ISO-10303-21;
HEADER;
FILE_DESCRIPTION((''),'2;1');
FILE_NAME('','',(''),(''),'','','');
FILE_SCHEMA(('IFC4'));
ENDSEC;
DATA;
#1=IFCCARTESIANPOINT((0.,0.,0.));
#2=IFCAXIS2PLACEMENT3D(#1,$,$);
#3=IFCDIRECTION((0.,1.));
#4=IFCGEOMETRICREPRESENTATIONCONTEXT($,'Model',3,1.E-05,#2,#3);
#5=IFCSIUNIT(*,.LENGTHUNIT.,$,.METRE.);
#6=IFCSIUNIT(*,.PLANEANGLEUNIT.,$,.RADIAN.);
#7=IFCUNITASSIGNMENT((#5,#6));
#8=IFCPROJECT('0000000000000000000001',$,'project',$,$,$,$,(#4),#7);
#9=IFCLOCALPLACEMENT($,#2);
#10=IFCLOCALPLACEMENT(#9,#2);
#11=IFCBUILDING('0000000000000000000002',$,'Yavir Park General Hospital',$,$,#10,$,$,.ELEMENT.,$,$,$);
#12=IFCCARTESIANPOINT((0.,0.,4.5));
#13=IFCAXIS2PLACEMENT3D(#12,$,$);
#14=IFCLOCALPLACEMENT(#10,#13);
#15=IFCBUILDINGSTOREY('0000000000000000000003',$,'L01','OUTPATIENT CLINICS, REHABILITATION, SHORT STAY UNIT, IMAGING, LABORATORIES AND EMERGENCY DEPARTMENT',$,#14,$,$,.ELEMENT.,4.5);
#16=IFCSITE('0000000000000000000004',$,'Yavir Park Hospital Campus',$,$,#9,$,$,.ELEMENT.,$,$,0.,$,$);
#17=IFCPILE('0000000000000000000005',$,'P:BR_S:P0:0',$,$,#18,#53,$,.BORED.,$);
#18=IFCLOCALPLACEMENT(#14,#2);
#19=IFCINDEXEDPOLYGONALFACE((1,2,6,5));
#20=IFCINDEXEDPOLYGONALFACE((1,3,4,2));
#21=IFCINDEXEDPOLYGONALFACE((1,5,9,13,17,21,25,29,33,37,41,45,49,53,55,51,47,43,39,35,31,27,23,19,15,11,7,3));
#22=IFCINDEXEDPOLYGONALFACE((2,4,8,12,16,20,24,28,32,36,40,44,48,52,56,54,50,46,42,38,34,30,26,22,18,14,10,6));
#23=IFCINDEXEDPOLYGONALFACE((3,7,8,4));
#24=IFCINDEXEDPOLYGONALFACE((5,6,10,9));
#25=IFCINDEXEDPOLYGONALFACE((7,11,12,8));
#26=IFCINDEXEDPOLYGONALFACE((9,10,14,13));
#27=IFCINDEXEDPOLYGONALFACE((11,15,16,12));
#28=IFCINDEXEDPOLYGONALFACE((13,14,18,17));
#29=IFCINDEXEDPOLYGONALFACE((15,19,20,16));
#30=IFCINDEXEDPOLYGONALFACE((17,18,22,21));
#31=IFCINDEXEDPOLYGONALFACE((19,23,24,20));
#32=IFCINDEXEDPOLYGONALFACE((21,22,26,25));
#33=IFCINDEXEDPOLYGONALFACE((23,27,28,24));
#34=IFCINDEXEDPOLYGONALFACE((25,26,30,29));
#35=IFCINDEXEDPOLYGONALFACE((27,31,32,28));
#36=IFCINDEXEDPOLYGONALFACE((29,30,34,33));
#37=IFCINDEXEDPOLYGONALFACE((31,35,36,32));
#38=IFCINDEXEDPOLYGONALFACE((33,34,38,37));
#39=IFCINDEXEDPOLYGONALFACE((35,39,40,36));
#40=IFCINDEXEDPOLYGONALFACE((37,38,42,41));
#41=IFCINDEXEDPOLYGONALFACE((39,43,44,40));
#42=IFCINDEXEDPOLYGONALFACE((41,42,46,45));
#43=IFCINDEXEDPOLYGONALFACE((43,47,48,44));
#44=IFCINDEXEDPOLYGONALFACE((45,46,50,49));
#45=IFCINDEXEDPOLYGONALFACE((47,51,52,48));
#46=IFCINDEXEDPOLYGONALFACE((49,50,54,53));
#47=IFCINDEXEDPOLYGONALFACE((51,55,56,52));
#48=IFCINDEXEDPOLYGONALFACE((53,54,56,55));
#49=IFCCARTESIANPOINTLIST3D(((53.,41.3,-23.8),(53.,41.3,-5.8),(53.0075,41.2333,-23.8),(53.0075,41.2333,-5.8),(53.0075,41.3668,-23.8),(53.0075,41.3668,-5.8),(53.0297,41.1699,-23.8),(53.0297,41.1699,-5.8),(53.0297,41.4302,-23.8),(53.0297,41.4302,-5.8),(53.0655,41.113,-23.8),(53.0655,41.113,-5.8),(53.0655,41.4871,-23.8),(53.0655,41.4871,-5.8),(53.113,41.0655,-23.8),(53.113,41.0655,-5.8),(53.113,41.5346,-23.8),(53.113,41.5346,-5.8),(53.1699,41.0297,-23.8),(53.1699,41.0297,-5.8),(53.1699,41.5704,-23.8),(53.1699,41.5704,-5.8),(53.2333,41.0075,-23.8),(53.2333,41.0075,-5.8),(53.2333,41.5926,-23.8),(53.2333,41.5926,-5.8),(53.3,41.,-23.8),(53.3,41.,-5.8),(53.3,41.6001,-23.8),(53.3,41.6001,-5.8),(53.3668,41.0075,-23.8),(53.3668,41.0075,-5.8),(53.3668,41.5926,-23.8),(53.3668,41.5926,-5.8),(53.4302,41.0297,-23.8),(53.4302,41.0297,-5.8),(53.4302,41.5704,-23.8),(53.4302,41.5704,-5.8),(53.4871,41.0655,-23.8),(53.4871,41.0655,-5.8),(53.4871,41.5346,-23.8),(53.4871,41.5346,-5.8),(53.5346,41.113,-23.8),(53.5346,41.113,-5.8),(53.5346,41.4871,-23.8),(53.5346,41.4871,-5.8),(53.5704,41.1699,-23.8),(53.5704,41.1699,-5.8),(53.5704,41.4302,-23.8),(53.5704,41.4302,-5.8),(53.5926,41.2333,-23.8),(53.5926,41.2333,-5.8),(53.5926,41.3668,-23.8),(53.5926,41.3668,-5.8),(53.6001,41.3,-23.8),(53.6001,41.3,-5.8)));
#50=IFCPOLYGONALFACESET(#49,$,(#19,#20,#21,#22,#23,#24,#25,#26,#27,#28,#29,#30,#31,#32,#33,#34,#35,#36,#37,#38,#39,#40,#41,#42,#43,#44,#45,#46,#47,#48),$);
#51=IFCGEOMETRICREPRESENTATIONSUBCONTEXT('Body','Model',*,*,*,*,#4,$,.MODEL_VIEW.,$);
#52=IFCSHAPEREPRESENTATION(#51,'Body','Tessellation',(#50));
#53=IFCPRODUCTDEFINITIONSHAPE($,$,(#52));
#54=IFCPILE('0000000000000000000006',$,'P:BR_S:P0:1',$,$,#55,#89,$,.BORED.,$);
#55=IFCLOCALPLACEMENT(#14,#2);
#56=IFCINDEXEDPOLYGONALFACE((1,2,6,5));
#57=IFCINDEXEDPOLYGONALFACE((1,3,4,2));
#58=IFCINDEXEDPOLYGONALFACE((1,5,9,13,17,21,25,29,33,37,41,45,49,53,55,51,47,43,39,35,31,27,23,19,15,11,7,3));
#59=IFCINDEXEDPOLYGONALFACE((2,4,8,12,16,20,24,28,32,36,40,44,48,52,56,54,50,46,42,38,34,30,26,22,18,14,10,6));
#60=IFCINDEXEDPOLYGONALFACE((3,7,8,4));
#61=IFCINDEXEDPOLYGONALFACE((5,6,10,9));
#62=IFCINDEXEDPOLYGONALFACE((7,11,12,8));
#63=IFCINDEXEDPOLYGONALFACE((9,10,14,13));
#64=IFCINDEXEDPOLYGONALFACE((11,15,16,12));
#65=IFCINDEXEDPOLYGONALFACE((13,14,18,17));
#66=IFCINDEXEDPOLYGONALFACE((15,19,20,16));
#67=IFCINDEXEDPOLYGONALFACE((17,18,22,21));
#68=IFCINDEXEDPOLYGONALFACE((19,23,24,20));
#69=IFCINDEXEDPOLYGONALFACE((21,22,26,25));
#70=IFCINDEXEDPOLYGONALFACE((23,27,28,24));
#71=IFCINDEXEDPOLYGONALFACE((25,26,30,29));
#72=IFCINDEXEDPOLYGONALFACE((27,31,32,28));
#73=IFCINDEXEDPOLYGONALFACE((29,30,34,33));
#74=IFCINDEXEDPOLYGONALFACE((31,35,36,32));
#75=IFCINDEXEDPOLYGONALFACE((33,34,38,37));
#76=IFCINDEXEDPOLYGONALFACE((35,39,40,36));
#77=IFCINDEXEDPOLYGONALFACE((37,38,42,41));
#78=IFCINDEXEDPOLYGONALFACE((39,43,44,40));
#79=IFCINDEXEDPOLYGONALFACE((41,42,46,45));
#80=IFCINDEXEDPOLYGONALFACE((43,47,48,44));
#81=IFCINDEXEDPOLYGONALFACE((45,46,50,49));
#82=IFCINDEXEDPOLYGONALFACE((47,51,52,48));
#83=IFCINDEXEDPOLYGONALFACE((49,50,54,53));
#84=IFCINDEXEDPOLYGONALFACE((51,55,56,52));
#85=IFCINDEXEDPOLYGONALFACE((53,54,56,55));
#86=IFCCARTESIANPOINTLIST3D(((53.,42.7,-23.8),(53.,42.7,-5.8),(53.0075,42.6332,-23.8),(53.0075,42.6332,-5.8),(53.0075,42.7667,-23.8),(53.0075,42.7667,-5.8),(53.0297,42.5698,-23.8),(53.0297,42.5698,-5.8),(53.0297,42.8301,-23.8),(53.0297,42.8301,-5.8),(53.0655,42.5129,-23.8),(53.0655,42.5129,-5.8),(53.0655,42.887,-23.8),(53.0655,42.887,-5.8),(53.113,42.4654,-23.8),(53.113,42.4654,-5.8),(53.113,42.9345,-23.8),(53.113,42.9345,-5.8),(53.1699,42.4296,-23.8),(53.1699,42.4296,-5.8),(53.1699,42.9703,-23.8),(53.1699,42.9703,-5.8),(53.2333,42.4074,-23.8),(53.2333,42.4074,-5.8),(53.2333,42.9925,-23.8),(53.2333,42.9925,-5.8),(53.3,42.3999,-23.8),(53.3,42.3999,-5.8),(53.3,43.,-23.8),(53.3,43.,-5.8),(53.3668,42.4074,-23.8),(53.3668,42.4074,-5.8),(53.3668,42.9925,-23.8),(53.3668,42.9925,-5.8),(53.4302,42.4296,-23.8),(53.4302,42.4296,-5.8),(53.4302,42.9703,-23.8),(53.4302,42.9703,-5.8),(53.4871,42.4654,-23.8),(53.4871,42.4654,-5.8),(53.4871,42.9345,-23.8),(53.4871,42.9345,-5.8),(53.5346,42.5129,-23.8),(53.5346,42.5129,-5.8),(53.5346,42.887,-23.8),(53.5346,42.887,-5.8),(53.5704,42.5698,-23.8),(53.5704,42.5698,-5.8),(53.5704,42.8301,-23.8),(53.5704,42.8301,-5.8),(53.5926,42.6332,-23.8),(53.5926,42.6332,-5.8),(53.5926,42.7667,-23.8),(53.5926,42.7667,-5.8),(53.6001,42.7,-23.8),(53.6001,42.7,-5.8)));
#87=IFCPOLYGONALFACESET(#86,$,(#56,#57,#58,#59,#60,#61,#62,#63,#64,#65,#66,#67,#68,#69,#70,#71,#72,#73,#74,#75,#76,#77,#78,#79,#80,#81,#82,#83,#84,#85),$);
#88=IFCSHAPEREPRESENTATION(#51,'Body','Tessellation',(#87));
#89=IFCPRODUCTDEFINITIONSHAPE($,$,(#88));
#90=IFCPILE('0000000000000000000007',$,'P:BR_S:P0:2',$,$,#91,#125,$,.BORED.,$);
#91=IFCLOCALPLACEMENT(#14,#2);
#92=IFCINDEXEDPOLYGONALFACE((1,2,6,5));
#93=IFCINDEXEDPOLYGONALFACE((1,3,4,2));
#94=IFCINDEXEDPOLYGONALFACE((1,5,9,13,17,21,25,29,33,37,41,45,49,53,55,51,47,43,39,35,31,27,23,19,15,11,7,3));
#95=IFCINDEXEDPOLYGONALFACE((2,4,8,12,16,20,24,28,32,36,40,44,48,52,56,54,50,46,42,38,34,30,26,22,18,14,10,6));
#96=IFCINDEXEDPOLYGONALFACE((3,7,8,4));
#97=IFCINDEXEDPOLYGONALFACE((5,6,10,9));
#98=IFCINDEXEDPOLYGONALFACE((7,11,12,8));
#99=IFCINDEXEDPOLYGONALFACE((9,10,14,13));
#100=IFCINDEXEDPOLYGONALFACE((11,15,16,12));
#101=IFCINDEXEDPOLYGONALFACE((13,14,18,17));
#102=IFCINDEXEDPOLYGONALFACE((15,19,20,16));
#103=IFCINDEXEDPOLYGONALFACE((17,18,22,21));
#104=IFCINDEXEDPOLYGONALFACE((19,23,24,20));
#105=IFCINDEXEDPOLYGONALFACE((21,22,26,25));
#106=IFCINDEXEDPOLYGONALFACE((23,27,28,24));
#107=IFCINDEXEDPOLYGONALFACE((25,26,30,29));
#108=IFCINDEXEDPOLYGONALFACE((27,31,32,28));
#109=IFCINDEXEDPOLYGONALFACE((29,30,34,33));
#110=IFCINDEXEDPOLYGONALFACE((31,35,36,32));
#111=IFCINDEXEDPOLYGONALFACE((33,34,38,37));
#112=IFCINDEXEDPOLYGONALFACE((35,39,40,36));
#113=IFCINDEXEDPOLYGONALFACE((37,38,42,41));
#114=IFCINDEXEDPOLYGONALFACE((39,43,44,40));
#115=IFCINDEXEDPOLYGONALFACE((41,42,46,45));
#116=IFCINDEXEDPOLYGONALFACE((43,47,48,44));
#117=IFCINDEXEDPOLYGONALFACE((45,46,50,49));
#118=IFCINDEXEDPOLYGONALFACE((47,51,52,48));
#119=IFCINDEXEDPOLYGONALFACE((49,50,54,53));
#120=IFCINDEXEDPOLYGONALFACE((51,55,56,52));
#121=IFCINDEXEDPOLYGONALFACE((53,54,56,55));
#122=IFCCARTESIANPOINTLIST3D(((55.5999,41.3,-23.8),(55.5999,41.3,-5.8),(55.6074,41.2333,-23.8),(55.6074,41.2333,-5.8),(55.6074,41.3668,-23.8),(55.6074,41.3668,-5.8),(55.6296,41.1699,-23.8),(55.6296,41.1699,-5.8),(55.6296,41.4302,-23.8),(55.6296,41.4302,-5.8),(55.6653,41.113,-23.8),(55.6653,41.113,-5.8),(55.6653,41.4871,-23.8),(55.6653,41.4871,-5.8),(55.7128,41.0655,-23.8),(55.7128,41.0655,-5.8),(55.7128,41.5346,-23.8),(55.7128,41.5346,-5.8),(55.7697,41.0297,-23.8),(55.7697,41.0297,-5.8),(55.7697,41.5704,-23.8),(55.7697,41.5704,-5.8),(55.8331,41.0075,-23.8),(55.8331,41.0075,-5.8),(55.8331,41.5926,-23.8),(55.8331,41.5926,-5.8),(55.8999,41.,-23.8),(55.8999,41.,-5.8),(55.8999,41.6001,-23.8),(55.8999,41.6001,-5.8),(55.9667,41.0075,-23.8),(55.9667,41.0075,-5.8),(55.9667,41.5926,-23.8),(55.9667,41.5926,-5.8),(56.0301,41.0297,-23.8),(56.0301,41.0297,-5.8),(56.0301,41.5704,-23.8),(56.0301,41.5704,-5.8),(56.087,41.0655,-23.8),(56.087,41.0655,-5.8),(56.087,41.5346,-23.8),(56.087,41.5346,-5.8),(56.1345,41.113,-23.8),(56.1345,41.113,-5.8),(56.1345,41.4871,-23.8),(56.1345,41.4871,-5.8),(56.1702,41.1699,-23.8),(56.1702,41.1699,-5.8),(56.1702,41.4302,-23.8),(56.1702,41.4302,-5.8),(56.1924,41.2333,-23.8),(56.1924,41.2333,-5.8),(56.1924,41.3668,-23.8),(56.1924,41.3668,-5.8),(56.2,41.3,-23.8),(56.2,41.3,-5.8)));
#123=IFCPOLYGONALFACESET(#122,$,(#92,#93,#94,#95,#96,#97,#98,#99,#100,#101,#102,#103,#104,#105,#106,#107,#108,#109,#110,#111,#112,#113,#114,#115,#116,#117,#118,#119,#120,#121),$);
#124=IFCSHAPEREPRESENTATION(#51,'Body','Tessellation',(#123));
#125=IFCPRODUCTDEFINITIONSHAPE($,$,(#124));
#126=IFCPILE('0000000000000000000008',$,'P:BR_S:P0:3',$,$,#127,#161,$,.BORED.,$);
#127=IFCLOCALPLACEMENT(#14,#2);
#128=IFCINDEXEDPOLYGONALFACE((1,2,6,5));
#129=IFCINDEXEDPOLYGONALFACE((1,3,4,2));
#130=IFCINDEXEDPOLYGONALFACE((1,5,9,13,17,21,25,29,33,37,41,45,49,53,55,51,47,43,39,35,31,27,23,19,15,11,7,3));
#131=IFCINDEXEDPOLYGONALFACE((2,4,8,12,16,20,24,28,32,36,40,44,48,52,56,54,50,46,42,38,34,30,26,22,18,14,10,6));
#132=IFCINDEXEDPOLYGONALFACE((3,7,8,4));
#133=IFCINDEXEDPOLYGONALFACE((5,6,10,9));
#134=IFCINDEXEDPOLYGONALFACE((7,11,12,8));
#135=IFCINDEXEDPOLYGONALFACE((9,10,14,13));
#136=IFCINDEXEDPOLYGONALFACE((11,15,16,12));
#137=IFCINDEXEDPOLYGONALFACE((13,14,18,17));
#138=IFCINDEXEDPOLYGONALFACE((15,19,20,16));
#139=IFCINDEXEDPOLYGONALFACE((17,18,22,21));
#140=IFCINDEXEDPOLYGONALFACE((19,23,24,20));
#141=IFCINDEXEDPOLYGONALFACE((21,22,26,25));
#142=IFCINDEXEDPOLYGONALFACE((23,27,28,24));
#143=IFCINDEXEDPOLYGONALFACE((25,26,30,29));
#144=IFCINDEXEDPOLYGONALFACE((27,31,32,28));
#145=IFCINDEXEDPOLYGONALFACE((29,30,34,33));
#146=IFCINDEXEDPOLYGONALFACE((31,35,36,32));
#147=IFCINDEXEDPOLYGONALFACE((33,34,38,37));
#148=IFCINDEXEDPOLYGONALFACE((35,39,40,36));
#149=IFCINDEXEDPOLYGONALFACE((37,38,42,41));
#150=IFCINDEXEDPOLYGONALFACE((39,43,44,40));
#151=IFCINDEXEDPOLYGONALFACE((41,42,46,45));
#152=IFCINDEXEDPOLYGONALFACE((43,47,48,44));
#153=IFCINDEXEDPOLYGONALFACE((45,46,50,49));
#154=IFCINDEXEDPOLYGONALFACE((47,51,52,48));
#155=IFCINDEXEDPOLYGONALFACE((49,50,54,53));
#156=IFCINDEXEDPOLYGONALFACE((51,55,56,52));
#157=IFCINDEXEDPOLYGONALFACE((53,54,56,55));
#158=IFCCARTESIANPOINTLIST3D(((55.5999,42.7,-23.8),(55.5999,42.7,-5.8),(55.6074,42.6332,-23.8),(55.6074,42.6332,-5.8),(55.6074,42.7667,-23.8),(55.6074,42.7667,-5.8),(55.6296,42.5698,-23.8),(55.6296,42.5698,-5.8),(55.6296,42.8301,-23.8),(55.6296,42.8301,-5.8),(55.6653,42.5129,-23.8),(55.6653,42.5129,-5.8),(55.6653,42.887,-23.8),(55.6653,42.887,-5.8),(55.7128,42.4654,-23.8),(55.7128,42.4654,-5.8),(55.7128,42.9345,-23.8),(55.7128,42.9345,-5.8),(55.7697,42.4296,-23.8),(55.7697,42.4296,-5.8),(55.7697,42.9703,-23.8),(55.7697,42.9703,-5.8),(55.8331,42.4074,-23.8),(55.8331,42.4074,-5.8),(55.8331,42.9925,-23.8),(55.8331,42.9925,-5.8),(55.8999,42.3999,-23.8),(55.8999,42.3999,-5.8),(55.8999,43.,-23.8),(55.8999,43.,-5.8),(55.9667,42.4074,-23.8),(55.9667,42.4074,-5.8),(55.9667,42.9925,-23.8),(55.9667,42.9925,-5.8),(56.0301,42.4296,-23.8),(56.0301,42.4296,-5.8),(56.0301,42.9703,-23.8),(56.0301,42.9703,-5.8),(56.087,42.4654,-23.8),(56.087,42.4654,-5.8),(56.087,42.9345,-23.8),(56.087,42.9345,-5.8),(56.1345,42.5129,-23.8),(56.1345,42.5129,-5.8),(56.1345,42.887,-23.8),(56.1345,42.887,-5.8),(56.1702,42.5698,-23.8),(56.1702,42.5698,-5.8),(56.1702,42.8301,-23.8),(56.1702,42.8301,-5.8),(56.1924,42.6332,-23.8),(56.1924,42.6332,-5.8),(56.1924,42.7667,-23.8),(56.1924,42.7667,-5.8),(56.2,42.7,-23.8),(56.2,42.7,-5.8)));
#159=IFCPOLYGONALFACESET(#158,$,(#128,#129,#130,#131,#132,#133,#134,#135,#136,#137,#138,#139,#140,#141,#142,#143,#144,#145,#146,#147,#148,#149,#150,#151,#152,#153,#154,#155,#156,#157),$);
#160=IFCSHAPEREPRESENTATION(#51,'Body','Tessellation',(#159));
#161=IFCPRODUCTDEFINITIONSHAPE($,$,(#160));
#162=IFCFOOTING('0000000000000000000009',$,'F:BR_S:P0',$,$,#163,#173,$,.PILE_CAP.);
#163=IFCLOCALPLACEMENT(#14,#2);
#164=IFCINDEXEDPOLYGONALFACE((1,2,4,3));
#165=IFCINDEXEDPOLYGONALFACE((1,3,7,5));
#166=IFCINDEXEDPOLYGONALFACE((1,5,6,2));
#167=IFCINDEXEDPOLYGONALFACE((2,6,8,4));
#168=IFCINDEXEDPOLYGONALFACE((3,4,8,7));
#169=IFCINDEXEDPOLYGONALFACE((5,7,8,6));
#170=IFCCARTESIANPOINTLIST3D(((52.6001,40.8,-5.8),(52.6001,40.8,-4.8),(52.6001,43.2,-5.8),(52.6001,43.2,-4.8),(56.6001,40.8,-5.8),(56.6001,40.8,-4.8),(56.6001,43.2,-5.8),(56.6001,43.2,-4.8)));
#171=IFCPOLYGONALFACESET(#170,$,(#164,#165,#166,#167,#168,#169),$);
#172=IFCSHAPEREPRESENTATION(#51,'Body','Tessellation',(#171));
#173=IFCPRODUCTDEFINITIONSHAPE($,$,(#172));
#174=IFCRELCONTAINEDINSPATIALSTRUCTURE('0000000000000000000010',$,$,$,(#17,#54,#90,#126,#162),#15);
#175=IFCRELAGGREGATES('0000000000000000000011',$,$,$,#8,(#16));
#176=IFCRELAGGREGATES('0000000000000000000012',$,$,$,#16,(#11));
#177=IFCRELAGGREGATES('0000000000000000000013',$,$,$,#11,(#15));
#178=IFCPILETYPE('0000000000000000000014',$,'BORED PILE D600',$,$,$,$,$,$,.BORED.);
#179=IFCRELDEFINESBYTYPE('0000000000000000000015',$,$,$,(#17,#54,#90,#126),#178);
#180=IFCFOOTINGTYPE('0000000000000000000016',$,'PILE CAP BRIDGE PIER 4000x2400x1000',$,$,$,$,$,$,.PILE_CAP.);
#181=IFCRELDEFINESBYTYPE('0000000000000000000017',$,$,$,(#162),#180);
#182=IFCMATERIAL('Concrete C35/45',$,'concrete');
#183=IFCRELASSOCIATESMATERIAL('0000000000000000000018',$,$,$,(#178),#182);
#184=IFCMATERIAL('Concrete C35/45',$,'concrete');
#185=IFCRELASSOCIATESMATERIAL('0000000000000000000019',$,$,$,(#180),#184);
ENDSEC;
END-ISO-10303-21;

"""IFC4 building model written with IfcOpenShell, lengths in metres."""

from ifc_helpers import new_model, si_unit, direction, frame, origin, origin_2d, place, context, subcontext, project, spatial, rectangle, circle, extrude, material, material_profile, profile_set, type_object, element, save


model = new_model("IFC4")

# Units and contexts
model_context = context("Model", 3, precision=1e-05, world=origin(), true_north=direction((0.0, 1.0)))
body_context = subcontext(model_context, "Body", "Model", "MODEL_VIEW")
ifc_project = project(units=[si_unit("LENGTHUNIT", "METRE"), si_unit("PLANEANGLEUNIT", "RADIAN")], contexts=[model_context])

# Site, building, storey
site_placement = place(None, origin())
site = spatial("IfcSite", under=ifc_project, at=site_placement, Name="Yavir Park Hospital Campus", CompositionType="ELEMENT", RefElevation=0.0)
building_placement = place(site_placement, origin())
building = spatial("IfcBuilding", under=site, at=building_placement, Name="Yavir Park General Hospital", CompositionType="ELEMENT")
storey_placement = place(building_placement, frame((0.0, 0.0, 4.5)))
storey = spatial("IfcBuildingStorey", under=building, at=storey_placement, Name="L01", Description="OUTPATIENT CLINICS, REHABILITATION, SHORT STAY UNIT, IMAGING, LABORATORIES AND EMERGENCY DEPARTMENT", CompositionType="ELEMENT", Elevation=4.5)

# Piles
ifc_material_1 = material(Name="Concrete C35/45", Category="concrete")
ifc_material_profile_1 = material_profile(ifc_material_1, circle(Radius=0.3, at=origin_2d()), Name="D600")
ifc_profile_set_1 = profile_set([ifc_material_profile_1], Name="Concrete C35/45")
pile_type = type_object("IfcPileType", Name="BORED PILE D600", PredefinedType="BORED", material=ifc_profile_set_1)
for number, where, z_axis, x_axis, name in (
    (1, (53.3, 41.3, -5.8), (0.0, 0.0, -1.0), (1.0, 0.0, 0.0), "P:BR_S:P0:0"),
    (2, (53.3, 42.7, -5.8), (0.0, 0.0, -1.0), (1.0, 0.0, 0.0), "P:BR_S:P0:1"),
    (3, (55.8999, 41.3, -5.8), (0.0, 0.0, -1.0), (1.0, 0.0, 0.0), "P:BR_S:P0:2"),
    (4, (55.8999, 42.7, -5.8), (0.0, 0.0, -1.0), (1.0, 0.0, 0.0), "P:BR_S:P0:3"),
):
    element("IfcPile", number, at=place(storey_placement, frame(where, z_axis=z_axis, x_axis=x_axis)), inside=storey, type_object=pile_type, Name=name, PredefinedType="BORED", context=body_context, shape_type="SweptSolid", body=[
        extrude(circle(Radius=0.3, at=origin_2d()), origin(), (0.0, 0.0, 1.0), 18.0),
    ])

# Footing
ifc_material_2 = material(Name="Concrete C35/45", Category="concrete")
footing_type = type_object("IfcFootingType", Name="PILE CAP BRIDGE PIER 4000x2400x1000", PredefinedType="PILE_CAP", material=ifc_material_2)
footing_placement = place(storey_placement, frame((54.6001, 42.0, -5.8), z_axis=(0.0, 0.0, 1.0), x_axis=(1.0, 0.0, 0.0)))
element("IfcFooting", 5, at=footing_placement, inside=storey, type_object=footing_type, Name="F:BR_S:P0", PredefinedType="PILE_CAP", context=body_context, shape_type="SweptSolid", body=[
    extrude(rectangle(XDim=4.0, YDim=2.3999, at=origin_2d()), origin(), (0.0, 0.0, 1.0), 1.0),
])

save(model, "model.ifc")
